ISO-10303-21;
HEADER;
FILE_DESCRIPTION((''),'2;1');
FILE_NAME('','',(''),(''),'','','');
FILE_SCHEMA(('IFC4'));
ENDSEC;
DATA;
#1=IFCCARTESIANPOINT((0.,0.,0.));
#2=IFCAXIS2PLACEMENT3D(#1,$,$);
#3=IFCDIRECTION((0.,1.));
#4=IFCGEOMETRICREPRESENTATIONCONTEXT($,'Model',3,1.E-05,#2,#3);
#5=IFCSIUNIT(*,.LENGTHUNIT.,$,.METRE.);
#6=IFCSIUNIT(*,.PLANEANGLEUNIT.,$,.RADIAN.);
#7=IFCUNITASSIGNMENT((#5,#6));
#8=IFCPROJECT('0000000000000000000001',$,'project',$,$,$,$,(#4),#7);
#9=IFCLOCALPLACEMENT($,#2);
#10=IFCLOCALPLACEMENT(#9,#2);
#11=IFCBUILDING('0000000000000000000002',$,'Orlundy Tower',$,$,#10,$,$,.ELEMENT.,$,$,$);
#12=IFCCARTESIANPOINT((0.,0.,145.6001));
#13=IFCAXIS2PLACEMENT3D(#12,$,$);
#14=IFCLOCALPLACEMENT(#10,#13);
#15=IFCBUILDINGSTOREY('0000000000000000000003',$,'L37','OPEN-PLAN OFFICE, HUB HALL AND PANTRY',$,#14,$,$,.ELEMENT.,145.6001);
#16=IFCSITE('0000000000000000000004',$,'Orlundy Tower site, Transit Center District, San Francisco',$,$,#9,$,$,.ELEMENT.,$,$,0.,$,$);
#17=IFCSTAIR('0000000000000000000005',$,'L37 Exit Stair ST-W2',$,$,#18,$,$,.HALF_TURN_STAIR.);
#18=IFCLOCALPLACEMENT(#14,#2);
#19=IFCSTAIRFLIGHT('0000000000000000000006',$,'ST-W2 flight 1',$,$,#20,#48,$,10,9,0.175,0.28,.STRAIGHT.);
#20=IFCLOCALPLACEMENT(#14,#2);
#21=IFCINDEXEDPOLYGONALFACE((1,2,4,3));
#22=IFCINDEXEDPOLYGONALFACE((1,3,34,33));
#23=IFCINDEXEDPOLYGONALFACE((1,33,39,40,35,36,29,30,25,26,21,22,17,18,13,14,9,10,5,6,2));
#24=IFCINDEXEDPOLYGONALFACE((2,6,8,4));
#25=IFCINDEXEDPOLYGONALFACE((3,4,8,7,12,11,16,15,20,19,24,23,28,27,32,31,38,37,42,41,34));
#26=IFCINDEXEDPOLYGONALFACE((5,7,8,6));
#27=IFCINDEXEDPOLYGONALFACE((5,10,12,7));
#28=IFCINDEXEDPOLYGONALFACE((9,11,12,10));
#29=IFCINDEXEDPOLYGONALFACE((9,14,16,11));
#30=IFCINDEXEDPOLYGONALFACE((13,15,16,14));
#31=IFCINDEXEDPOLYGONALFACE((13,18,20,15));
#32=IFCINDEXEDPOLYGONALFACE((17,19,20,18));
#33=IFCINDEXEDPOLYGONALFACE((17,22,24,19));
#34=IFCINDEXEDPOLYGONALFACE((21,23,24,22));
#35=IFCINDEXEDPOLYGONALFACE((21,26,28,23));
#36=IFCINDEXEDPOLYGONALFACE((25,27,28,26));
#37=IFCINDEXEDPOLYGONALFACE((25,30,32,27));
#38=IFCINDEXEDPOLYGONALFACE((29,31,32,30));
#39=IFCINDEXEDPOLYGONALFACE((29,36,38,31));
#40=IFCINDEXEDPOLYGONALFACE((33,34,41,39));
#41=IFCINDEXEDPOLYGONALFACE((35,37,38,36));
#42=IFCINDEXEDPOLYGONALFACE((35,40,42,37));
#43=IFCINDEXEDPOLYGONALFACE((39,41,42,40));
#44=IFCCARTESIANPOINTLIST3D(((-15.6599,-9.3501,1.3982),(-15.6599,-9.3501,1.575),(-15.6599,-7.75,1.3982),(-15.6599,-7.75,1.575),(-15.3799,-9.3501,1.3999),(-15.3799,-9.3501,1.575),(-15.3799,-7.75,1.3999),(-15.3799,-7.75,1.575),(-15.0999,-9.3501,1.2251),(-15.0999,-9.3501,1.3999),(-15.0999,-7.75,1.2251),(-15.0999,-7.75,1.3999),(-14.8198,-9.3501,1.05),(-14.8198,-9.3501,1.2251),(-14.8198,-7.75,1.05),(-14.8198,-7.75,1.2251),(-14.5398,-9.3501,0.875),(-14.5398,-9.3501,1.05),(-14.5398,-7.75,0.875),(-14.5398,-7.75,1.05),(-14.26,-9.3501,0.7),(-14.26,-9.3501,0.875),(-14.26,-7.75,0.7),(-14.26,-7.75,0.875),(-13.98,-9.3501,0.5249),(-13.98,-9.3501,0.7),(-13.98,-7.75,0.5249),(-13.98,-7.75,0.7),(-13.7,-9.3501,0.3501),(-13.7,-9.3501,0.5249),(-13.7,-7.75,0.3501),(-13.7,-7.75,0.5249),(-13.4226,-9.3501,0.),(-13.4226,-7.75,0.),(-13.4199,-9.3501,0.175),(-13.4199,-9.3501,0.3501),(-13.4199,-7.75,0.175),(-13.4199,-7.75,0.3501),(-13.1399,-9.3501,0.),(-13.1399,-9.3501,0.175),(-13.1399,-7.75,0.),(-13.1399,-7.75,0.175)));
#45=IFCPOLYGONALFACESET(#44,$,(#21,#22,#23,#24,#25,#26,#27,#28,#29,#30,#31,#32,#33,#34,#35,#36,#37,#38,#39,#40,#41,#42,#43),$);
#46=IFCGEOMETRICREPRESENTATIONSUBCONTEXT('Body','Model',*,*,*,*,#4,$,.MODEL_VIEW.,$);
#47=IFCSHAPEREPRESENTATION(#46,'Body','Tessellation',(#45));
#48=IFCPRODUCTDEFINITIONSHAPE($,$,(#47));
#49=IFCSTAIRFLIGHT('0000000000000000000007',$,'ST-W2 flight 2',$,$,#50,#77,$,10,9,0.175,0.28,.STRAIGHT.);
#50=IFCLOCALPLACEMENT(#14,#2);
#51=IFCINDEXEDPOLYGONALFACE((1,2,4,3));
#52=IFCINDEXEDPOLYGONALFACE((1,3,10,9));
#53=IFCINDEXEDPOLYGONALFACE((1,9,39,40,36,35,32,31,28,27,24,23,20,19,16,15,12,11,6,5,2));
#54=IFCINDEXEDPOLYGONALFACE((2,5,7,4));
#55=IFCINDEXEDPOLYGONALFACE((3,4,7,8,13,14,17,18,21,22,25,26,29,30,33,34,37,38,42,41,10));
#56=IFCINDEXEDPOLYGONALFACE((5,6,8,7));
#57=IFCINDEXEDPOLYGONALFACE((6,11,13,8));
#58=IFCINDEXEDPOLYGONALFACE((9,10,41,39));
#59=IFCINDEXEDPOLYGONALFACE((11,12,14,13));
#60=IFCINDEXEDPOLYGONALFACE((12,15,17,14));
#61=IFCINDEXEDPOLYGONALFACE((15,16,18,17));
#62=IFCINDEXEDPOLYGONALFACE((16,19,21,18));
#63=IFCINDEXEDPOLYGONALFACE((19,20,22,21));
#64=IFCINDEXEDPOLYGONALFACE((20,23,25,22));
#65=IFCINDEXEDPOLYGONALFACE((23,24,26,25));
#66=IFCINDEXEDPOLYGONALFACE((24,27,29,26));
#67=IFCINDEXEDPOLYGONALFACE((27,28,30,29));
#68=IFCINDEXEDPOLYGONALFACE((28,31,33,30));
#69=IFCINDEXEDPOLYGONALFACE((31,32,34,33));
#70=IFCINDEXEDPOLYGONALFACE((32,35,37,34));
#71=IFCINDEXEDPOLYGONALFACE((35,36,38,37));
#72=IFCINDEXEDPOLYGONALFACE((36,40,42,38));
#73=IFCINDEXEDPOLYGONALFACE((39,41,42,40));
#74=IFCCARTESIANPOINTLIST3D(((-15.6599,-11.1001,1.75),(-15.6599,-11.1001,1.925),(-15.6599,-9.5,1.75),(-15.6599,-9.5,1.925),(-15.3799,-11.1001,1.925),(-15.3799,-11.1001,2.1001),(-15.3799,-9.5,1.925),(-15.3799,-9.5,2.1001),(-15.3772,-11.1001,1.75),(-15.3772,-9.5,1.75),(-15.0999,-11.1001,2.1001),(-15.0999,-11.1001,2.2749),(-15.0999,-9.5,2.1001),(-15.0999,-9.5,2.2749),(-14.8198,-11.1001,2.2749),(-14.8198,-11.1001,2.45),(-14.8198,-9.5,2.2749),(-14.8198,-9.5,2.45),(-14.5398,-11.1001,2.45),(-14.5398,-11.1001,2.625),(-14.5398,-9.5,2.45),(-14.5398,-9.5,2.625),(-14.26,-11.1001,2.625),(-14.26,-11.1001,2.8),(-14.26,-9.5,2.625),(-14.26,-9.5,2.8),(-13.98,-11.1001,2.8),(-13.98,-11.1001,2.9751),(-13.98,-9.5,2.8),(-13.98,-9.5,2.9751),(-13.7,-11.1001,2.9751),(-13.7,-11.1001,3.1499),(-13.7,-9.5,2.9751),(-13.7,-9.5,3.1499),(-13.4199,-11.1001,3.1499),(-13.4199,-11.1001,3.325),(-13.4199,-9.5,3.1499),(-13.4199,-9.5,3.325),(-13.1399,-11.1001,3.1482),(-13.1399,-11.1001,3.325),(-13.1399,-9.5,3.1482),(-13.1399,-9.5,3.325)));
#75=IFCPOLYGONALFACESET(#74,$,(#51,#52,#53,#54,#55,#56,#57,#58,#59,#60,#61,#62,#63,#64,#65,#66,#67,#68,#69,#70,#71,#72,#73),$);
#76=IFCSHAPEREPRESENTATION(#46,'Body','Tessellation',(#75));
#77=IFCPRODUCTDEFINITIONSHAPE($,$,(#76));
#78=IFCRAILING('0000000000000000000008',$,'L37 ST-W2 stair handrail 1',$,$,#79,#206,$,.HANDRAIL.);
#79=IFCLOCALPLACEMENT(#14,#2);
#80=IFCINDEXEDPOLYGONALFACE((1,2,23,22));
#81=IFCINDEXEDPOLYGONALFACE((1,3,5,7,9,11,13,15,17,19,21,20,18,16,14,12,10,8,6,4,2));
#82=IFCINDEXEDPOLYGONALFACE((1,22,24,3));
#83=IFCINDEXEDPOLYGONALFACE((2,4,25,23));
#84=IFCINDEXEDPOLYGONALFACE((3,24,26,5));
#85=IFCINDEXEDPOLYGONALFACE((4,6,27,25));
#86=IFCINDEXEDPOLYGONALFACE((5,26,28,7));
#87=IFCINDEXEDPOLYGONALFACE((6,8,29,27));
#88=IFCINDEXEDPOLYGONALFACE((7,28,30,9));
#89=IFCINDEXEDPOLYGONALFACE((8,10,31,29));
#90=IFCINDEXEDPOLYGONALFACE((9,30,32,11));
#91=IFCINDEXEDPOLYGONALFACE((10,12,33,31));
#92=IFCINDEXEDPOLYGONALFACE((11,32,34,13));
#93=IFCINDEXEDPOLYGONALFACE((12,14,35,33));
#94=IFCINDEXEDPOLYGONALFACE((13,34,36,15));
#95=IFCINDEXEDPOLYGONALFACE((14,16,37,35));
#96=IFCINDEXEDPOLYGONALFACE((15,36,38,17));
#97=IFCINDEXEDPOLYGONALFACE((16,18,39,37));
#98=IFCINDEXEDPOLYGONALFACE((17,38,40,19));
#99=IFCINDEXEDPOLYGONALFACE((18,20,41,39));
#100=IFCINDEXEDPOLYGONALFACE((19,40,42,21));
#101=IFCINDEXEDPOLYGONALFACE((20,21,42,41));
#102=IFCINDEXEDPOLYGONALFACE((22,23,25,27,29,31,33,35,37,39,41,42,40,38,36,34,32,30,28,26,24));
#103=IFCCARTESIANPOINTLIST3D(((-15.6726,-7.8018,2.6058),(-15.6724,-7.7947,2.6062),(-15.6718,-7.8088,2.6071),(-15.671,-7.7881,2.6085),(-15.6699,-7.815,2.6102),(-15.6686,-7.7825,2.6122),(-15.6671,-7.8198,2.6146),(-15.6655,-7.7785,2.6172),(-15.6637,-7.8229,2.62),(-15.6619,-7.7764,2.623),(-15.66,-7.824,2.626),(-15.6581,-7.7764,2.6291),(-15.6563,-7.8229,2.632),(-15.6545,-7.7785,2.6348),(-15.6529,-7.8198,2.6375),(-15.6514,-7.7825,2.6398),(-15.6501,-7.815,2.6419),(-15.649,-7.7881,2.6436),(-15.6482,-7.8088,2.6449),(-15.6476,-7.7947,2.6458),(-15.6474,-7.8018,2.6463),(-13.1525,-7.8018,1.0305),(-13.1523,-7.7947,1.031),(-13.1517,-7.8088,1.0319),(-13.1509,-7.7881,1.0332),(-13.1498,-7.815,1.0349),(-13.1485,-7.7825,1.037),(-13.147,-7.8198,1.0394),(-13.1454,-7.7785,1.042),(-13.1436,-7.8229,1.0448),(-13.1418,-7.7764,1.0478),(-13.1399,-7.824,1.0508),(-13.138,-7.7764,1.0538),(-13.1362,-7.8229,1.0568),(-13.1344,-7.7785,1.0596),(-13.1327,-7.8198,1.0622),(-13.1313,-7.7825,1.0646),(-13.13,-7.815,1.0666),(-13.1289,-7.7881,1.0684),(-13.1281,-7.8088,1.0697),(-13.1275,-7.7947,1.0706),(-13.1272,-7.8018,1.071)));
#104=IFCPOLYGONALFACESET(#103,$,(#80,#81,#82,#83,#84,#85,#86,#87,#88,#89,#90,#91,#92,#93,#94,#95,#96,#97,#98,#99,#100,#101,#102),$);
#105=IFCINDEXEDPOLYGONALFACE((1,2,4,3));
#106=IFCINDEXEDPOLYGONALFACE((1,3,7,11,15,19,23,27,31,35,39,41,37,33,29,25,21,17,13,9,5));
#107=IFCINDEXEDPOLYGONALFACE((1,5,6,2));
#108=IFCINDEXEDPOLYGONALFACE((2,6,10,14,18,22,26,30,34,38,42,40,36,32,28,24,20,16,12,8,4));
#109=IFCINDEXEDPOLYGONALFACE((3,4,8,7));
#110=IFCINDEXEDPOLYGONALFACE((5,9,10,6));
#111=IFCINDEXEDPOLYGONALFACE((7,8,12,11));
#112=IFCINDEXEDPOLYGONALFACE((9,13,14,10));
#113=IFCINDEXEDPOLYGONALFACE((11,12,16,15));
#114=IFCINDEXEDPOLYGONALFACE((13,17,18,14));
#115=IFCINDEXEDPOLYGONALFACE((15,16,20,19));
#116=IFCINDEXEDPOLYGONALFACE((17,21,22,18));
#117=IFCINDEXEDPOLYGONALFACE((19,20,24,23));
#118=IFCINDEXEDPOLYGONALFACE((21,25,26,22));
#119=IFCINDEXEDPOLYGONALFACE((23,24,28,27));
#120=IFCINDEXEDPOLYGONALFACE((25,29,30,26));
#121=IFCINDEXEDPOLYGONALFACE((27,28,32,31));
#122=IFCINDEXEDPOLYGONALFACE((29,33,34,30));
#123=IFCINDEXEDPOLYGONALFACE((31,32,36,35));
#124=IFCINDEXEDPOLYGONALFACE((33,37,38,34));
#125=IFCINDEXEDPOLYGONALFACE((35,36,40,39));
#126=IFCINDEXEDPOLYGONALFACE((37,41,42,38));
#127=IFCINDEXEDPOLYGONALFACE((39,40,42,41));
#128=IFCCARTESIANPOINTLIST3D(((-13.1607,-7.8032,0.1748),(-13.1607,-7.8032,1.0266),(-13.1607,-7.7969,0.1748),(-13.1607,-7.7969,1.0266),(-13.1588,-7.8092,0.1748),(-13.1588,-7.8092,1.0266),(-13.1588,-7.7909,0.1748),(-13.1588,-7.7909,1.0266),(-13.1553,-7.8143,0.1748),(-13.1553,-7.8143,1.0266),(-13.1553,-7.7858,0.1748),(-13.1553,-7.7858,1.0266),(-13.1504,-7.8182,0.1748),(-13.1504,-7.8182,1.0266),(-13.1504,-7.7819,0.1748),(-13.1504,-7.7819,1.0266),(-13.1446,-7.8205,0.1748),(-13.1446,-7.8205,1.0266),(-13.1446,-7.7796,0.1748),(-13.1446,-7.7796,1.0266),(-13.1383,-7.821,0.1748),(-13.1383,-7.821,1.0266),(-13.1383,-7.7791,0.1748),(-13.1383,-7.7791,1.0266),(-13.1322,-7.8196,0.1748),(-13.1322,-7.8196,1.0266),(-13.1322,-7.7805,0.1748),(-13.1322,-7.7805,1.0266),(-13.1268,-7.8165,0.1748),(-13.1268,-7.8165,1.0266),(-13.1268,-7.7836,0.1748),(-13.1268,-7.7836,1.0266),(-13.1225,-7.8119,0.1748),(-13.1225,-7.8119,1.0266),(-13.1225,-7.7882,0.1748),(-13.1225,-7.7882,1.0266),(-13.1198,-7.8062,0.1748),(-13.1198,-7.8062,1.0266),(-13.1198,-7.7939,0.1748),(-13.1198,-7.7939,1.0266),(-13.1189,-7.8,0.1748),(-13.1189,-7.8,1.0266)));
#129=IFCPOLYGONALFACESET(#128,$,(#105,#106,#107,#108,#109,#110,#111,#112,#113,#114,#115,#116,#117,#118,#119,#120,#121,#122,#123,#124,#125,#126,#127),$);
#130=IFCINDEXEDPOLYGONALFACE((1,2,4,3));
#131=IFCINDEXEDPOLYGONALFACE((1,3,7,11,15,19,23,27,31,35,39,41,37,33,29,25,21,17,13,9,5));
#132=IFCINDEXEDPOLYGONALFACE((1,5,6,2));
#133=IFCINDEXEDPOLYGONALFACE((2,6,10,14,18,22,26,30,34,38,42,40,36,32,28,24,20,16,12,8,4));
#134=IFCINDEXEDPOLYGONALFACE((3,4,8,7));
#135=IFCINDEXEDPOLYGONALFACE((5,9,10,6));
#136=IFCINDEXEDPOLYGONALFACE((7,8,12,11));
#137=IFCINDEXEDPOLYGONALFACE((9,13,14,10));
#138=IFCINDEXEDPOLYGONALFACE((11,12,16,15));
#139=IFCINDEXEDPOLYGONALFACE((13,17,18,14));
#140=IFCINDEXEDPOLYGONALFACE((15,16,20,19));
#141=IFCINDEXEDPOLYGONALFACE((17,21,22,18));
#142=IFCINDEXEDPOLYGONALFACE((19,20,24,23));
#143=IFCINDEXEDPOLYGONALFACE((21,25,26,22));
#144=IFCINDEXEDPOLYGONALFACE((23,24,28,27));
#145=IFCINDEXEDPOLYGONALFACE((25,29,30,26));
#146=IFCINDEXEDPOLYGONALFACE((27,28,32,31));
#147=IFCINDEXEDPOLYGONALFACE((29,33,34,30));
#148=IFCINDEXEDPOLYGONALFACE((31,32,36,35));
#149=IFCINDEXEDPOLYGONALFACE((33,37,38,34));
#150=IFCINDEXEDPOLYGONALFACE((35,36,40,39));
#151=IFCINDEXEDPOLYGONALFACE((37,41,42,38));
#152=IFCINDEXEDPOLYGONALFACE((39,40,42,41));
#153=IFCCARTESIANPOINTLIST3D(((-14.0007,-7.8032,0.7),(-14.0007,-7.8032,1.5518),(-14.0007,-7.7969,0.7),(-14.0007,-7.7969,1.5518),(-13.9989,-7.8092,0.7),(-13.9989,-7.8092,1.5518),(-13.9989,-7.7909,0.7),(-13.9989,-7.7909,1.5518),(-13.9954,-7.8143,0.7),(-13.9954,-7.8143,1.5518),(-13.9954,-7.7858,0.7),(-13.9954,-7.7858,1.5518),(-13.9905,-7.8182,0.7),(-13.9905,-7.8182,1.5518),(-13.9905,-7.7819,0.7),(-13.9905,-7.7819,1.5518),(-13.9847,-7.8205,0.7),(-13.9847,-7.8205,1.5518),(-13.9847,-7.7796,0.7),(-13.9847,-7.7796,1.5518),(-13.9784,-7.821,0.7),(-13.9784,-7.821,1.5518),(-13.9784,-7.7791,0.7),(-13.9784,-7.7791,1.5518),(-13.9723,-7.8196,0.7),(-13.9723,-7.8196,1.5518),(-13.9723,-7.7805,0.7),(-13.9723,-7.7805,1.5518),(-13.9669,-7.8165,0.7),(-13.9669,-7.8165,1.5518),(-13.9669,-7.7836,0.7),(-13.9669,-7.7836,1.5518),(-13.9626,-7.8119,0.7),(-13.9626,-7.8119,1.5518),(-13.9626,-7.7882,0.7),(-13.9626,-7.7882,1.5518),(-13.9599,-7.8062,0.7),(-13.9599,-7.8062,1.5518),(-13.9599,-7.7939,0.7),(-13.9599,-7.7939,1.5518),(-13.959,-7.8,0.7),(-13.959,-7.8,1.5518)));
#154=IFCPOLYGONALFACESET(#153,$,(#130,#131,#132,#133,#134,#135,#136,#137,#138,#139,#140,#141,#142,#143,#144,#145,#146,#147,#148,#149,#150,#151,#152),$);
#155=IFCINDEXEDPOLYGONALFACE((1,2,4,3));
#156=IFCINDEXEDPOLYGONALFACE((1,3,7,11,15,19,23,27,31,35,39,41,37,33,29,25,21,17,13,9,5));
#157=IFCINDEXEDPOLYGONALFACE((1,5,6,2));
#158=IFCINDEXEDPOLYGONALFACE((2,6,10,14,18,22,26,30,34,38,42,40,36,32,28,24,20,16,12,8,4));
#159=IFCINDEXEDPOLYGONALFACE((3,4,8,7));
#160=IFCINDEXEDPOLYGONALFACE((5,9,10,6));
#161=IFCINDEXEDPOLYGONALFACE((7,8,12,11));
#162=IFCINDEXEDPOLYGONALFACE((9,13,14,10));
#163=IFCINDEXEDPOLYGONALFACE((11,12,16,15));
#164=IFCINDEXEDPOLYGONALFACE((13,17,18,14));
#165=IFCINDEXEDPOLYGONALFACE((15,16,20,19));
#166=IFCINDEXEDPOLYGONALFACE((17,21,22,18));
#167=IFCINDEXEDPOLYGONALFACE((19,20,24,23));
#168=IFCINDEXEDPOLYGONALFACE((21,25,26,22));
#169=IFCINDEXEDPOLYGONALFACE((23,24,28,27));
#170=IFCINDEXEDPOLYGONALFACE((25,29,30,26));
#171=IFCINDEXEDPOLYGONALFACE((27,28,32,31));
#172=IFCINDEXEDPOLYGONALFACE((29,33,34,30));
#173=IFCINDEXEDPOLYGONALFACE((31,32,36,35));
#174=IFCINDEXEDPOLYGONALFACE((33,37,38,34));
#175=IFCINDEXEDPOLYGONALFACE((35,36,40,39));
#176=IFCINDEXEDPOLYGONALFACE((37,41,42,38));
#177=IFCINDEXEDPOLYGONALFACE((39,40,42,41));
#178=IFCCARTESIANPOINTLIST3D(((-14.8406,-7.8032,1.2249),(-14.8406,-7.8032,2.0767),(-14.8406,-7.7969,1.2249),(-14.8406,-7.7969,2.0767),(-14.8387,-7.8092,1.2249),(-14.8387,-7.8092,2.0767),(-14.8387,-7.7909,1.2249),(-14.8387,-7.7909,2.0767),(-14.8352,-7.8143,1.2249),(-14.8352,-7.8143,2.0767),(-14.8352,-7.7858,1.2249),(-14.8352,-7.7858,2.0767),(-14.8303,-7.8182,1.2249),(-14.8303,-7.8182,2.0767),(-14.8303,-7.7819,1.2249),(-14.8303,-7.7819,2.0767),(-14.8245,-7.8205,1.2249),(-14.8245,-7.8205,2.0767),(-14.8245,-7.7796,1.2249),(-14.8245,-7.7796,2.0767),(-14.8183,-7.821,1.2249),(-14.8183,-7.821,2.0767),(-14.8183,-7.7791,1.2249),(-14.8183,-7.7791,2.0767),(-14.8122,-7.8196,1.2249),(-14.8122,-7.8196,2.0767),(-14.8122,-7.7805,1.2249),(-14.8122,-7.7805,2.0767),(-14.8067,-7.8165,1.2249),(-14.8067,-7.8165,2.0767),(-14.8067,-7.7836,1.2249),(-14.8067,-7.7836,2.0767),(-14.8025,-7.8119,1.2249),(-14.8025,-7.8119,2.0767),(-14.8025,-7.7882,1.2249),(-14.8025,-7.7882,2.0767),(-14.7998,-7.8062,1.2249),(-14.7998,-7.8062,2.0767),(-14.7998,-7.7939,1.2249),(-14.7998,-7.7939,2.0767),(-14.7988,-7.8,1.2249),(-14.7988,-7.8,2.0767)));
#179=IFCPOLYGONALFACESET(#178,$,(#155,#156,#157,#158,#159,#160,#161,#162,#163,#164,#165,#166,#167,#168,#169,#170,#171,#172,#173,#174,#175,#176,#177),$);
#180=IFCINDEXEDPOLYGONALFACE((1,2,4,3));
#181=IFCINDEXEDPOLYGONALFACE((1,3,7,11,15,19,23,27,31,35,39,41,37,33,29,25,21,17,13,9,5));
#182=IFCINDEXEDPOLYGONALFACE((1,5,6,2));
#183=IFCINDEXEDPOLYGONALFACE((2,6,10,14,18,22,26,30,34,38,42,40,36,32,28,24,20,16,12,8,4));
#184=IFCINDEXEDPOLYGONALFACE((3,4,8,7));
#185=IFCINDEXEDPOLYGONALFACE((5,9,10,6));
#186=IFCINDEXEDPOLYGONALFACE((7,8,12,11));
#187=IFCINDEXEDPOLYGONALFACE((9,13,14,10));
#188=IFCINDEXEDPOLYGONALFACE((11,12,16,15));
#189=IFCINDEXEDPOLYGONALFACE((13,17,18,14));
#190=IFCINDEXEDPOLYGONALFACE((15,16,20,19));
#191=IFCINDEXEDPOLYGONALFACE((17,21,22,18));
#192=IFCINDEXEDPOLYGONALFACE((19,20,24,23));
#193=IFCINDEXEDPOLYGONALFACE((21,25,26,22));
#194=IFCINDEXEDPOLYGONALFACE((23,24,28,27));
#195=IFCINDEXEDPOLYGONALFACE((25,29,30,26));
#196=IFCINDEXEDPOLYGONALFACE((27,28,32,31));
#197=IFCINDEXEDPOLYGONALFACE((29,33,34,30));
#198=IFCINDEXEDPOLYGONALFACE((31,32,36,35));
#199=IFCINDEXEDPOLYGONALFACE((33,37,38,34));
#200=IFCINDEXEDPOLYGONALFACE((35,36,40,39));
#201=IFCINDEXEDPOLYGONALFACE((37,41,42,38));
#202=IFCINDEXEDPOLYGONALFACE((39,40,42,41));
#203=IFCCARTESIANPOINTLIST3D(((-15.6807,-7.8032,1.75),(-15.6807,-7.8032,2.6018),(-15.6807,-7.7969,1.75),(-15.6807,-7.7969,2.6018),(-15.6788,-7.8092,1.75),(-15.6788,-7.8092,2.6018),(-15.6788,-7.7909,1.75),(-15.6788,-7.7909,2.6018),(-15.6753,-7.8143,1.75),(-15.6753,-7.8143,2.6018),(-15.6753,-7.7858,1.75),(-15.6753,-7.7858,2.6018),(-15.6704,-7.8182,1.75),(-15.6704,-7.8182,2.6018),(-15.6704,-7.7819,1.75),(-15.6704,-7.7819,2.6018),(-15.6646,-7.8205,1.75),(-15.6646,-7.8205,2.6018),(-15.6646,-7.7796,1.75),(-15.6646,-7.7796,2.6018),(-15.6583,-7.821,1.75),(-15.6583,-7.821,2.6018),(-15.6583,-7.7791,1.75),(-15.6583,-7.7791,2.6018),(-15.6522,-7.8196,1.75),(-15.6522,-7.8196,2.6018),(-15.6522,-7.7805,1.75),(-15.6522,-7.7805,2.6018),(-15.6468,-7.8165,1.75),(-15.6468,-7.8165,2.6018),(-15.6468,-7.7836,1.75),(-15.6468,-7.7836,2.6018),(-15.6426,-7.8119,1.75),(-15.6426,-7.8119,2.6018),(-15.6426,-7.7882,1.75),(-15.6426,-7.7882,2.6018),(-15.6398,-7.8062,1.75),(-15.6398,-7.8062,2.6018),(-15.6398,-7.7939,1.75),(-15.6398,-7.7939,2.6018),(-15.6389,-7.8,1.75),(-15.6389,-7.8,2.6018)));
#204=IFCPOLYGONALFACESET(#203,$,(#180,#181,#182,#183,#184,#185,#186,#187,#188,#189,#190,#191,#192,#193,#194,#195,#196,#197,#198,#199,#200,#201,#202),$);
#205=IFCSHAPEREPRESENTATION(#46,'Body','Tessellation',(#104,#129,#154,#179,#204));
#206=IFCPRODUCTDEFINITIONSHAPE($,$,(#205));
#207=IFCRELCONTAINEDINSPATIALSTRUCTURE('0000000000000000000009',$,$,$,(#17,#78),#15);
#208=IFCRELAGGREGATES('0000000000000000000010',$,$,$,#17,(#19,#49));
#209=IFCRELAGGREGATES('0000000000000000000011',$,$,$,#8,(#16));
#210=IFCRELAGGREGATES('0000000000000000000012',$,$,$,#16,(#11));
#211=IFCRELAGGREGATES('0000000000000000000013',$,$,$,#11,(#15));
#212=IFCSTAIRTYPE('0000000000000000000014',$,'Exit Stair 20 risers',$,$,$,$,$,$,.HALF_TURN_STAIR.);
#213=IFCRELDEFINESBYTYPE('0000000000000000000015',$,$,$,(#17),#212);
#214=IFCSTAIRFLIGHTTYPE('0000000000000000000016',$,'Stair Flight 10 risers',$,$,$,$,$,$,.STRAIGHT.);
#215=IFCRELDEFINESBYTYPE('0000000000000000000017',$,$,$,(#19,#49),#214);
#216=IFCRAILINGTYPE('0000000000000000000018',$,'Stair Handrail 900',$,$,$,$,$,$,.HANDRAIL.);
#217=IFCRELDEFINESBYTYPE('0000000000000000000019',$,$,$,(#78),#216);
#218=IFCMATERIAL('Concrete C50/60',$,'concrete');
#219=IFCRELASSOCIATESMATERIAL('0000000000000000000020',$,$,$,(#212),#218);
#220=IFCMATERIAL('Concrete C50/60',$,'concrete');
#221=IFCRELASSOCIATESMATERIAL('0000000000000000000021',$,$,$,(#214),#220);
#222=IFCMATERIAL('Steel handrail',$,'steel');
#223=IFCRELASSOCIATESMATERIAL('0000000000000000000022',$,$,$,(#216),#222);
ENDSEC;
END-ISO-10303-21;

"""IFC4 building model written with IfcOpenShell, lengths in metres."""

from ifc_helpers import new_model, si_unit, direction, frame, origin, origin_2d, place, context, subcontext, project, spatial, polyline, circle, outline, extrude, material, type_object, element, aggregate, save


model = new_model("IFC4")

# Units and contexts
model_context = context("Model", 3, precision=1e-05, world=origin(), true_north=direction((0.0, 1.0)))
body_context = subcontext(model_context, "Body", "Model", "MODEL_VIEW")
ifc_project = project(units=[si_unit("LENGTHUNIT", "METRE"), si_unit("PLANEANGLEUNIT", "RADIAN")], contexts=[model_context])

# Site, building, storey
site_placement = place(None, origin())
site = spatial("IfcSite", under=ifc_project, at=site_placement, Name="Orlundy Tower site, Transit Center District, San Francisco", CompositionType="ELEMENT", RefElevation=0.0)
building_placement = place(site_placement, origin())
building = spatial("IfcBuilding", under=site, at=building_placement, Name="Orlundy Tower", CompositionType="ELEMENT")
storey_placement = place(building_placement, frame((0.0, 0.0, 145.6001)))
storey = spatial("IfcBuildingStorey", under=building, at=storey_placement, Name="L37", Description="OPEN-PLAN OFFICE, HUB HALL AND PANTRY", CompositionType="ELEMENT", Elevation=145.6001)

# Stair, stair flights
ifc_material_1 = material(Name="Concrete C50/60", Category="concrete")
stair_type = type_object("IfcStairType", Name="Exit Stair 20 risers", PredefinedType="HALF_TURN_STAIR", material=ifc_material_1)
stair_placement = place(storey_placement, origin())
stair = element("IfcStair", 1, at=stair_placement, inside=storey, type_object=stair_type, Name="L37 Exit Stair ST-W2", PredefinedType="HALF_TURN_STAIR")
ifc_material_2 = material(Name="Concrete C50/60", Category="concrete")
stair_flight_type = type_object("IfcStairFlightType", Name="Stair Flight 10 risers", PredefinedType="STRAIGHT", material=ifc_material_2)
stair_flight_1_placement = place(storey_placement, frame((-13.1399, -8.55, 0.0), z_axis=(0.0, 0.0, 1.0), x_axis=(-1.0, 0.0, 0.0)))
stair_flight_1 = element("IfcStairFlight", 2, at=stair_flight_1_placement, type_object=stair_flight_type, Name="ST-W2 flight 1", NumberOfRisers=10, NumberOfTreads=9, PredefinedType="STRAIGHT", RiserHeight=0.175, TreadLength=0.28, context=body_context, shape_type="SweptSolid", body=[
    extrude(outline(polyline([(0.0, 0.0), (0.0, 0.175), (0.28, 0.175), (0.28, 0.3501), (0.5601, 0.3501), (0.5601, 0.5249), (0.8401, 0.5249), (0.8401, 0.7), (1.1201, 0.7), (1.1201, 0.875), (1.3999, 0.875), (1.3999, 1.05), (1.6799, 1.05), (1.6799, 1.2251), (1.96, 1.2251), (1.96, 1.3999), (2.24, 1.3999), (2.24, 1.575), (2.52, 1.575), (2.52, 1.75), (2.52, 1.3982), (0.2827, 0.0), (0.0, 0.0)])), frame((0.0, 0.8, 0.0), z_axis=(0.0, -1.0, 0.0), x_axis=(1.0, 0.0, 0.0)), (0.0, 0.0, 1.0), 1.6001),
])
stair_flight_2_placement = place(storey_placement, frame((-15.6599, -10.3, 1.75), z_axis=(0.0, 0.0, 1.0), x_axis=(1.0, 0.0, 0.0)))
stair_flight_2 = element("IfcStairFlight", 3, at=stair_flight_2_placement, type_object=stair_flight_type, Name="ST-W2 flight 2", NumberOfRisers=10, NumberOfTreads=9, PredefinedType="STRAIGHT", RiserHeight=0.175, TreadLength=0.28, context=body_context, shape_type="SweptSolid", body=[
    extrude(outline(polyline([(0.0, 0.0), (0.0, 0.175), (0.28, 0.175), (0.28, 0.3501), (0.5601, 0.3501), (0.5601, 0.5249), (0.8401, 0.5249), (0.8401, 0.7), (1.1201, 0.7), (1.1201, 0.875), (1.3999, 0.875), (1.3999, 1.05), (1.6799, 1.05), (1.6799, 1.2251), (1.96, 1.2251), (1.96, 1.3999), (2.24, 1.3999), (2.24, 1.575), (2.52, 1.575), (2.52, 1.75), (2.52, 1.3982), (0.2827, 0.0), (0.0, 0.0)])), frame((0.0, 0.8, 0.0), z_axis=(0.0, -1.0, 0.0), x_axis=(1.0, 0.0, 0.0)), (0.0, 0.0, 1.0), 1.6001),
])
aggregate(stair, [stair_flight_1, stair_flight_2])

# Railing
ifc_material_3 = material(Name="Steel handrail", Category="steel")
railing_type_1 = type_object("IfcRailingType", Name="Stair Handrail 900", PredefinedType="HANDRAIL", material=ifc_material_3)
railing_1_placement = place(storey_placement, frame((-13.1399, -7.8, 0.1748)))
element("IfcRailing", 4, at=railing_1_placement, inside=storey, type_object=railing_type_1, Name="L37 ST-W2 stair handrail 1", PredefinedType="HANDRAIL", context=body_context, shape_type="SweptSolid", body=[
    extrude(circle(Radius=0.0239, at=origin_2d()), frame((0.0, 0.0, 0.876), z_axis=(-0.847971, 0.0, 0.530043), x_axis=(0.0, -1.0, 0.0)), (0.0, 0.0, 1.0), 2.9719),
    extrude(circle(Radius=0.021, at=origin_2d()), origin(), (0.0, 0.0, 1.0), 0.8518),
    extrude(circle(Radius=0.021, at=origin_2d()), frame((-0.8401, 0.0, 0.5251)), (0.0, 0.0, 1.0), 0.8518),
    extrude(circle(Radius=0.021, at=origin_2d()), frame((-1.6799, 0.0, 1.05)), (0.0, 0.0, 1.0), 0.8518),
    extrude(circle(Radius=0.021, at=origin_2d()), frame((-2.52, 0.0, 1.5752)), (0.0, 0.0, 1.0), 0.8518),
])

save(model, "model.ifc")
